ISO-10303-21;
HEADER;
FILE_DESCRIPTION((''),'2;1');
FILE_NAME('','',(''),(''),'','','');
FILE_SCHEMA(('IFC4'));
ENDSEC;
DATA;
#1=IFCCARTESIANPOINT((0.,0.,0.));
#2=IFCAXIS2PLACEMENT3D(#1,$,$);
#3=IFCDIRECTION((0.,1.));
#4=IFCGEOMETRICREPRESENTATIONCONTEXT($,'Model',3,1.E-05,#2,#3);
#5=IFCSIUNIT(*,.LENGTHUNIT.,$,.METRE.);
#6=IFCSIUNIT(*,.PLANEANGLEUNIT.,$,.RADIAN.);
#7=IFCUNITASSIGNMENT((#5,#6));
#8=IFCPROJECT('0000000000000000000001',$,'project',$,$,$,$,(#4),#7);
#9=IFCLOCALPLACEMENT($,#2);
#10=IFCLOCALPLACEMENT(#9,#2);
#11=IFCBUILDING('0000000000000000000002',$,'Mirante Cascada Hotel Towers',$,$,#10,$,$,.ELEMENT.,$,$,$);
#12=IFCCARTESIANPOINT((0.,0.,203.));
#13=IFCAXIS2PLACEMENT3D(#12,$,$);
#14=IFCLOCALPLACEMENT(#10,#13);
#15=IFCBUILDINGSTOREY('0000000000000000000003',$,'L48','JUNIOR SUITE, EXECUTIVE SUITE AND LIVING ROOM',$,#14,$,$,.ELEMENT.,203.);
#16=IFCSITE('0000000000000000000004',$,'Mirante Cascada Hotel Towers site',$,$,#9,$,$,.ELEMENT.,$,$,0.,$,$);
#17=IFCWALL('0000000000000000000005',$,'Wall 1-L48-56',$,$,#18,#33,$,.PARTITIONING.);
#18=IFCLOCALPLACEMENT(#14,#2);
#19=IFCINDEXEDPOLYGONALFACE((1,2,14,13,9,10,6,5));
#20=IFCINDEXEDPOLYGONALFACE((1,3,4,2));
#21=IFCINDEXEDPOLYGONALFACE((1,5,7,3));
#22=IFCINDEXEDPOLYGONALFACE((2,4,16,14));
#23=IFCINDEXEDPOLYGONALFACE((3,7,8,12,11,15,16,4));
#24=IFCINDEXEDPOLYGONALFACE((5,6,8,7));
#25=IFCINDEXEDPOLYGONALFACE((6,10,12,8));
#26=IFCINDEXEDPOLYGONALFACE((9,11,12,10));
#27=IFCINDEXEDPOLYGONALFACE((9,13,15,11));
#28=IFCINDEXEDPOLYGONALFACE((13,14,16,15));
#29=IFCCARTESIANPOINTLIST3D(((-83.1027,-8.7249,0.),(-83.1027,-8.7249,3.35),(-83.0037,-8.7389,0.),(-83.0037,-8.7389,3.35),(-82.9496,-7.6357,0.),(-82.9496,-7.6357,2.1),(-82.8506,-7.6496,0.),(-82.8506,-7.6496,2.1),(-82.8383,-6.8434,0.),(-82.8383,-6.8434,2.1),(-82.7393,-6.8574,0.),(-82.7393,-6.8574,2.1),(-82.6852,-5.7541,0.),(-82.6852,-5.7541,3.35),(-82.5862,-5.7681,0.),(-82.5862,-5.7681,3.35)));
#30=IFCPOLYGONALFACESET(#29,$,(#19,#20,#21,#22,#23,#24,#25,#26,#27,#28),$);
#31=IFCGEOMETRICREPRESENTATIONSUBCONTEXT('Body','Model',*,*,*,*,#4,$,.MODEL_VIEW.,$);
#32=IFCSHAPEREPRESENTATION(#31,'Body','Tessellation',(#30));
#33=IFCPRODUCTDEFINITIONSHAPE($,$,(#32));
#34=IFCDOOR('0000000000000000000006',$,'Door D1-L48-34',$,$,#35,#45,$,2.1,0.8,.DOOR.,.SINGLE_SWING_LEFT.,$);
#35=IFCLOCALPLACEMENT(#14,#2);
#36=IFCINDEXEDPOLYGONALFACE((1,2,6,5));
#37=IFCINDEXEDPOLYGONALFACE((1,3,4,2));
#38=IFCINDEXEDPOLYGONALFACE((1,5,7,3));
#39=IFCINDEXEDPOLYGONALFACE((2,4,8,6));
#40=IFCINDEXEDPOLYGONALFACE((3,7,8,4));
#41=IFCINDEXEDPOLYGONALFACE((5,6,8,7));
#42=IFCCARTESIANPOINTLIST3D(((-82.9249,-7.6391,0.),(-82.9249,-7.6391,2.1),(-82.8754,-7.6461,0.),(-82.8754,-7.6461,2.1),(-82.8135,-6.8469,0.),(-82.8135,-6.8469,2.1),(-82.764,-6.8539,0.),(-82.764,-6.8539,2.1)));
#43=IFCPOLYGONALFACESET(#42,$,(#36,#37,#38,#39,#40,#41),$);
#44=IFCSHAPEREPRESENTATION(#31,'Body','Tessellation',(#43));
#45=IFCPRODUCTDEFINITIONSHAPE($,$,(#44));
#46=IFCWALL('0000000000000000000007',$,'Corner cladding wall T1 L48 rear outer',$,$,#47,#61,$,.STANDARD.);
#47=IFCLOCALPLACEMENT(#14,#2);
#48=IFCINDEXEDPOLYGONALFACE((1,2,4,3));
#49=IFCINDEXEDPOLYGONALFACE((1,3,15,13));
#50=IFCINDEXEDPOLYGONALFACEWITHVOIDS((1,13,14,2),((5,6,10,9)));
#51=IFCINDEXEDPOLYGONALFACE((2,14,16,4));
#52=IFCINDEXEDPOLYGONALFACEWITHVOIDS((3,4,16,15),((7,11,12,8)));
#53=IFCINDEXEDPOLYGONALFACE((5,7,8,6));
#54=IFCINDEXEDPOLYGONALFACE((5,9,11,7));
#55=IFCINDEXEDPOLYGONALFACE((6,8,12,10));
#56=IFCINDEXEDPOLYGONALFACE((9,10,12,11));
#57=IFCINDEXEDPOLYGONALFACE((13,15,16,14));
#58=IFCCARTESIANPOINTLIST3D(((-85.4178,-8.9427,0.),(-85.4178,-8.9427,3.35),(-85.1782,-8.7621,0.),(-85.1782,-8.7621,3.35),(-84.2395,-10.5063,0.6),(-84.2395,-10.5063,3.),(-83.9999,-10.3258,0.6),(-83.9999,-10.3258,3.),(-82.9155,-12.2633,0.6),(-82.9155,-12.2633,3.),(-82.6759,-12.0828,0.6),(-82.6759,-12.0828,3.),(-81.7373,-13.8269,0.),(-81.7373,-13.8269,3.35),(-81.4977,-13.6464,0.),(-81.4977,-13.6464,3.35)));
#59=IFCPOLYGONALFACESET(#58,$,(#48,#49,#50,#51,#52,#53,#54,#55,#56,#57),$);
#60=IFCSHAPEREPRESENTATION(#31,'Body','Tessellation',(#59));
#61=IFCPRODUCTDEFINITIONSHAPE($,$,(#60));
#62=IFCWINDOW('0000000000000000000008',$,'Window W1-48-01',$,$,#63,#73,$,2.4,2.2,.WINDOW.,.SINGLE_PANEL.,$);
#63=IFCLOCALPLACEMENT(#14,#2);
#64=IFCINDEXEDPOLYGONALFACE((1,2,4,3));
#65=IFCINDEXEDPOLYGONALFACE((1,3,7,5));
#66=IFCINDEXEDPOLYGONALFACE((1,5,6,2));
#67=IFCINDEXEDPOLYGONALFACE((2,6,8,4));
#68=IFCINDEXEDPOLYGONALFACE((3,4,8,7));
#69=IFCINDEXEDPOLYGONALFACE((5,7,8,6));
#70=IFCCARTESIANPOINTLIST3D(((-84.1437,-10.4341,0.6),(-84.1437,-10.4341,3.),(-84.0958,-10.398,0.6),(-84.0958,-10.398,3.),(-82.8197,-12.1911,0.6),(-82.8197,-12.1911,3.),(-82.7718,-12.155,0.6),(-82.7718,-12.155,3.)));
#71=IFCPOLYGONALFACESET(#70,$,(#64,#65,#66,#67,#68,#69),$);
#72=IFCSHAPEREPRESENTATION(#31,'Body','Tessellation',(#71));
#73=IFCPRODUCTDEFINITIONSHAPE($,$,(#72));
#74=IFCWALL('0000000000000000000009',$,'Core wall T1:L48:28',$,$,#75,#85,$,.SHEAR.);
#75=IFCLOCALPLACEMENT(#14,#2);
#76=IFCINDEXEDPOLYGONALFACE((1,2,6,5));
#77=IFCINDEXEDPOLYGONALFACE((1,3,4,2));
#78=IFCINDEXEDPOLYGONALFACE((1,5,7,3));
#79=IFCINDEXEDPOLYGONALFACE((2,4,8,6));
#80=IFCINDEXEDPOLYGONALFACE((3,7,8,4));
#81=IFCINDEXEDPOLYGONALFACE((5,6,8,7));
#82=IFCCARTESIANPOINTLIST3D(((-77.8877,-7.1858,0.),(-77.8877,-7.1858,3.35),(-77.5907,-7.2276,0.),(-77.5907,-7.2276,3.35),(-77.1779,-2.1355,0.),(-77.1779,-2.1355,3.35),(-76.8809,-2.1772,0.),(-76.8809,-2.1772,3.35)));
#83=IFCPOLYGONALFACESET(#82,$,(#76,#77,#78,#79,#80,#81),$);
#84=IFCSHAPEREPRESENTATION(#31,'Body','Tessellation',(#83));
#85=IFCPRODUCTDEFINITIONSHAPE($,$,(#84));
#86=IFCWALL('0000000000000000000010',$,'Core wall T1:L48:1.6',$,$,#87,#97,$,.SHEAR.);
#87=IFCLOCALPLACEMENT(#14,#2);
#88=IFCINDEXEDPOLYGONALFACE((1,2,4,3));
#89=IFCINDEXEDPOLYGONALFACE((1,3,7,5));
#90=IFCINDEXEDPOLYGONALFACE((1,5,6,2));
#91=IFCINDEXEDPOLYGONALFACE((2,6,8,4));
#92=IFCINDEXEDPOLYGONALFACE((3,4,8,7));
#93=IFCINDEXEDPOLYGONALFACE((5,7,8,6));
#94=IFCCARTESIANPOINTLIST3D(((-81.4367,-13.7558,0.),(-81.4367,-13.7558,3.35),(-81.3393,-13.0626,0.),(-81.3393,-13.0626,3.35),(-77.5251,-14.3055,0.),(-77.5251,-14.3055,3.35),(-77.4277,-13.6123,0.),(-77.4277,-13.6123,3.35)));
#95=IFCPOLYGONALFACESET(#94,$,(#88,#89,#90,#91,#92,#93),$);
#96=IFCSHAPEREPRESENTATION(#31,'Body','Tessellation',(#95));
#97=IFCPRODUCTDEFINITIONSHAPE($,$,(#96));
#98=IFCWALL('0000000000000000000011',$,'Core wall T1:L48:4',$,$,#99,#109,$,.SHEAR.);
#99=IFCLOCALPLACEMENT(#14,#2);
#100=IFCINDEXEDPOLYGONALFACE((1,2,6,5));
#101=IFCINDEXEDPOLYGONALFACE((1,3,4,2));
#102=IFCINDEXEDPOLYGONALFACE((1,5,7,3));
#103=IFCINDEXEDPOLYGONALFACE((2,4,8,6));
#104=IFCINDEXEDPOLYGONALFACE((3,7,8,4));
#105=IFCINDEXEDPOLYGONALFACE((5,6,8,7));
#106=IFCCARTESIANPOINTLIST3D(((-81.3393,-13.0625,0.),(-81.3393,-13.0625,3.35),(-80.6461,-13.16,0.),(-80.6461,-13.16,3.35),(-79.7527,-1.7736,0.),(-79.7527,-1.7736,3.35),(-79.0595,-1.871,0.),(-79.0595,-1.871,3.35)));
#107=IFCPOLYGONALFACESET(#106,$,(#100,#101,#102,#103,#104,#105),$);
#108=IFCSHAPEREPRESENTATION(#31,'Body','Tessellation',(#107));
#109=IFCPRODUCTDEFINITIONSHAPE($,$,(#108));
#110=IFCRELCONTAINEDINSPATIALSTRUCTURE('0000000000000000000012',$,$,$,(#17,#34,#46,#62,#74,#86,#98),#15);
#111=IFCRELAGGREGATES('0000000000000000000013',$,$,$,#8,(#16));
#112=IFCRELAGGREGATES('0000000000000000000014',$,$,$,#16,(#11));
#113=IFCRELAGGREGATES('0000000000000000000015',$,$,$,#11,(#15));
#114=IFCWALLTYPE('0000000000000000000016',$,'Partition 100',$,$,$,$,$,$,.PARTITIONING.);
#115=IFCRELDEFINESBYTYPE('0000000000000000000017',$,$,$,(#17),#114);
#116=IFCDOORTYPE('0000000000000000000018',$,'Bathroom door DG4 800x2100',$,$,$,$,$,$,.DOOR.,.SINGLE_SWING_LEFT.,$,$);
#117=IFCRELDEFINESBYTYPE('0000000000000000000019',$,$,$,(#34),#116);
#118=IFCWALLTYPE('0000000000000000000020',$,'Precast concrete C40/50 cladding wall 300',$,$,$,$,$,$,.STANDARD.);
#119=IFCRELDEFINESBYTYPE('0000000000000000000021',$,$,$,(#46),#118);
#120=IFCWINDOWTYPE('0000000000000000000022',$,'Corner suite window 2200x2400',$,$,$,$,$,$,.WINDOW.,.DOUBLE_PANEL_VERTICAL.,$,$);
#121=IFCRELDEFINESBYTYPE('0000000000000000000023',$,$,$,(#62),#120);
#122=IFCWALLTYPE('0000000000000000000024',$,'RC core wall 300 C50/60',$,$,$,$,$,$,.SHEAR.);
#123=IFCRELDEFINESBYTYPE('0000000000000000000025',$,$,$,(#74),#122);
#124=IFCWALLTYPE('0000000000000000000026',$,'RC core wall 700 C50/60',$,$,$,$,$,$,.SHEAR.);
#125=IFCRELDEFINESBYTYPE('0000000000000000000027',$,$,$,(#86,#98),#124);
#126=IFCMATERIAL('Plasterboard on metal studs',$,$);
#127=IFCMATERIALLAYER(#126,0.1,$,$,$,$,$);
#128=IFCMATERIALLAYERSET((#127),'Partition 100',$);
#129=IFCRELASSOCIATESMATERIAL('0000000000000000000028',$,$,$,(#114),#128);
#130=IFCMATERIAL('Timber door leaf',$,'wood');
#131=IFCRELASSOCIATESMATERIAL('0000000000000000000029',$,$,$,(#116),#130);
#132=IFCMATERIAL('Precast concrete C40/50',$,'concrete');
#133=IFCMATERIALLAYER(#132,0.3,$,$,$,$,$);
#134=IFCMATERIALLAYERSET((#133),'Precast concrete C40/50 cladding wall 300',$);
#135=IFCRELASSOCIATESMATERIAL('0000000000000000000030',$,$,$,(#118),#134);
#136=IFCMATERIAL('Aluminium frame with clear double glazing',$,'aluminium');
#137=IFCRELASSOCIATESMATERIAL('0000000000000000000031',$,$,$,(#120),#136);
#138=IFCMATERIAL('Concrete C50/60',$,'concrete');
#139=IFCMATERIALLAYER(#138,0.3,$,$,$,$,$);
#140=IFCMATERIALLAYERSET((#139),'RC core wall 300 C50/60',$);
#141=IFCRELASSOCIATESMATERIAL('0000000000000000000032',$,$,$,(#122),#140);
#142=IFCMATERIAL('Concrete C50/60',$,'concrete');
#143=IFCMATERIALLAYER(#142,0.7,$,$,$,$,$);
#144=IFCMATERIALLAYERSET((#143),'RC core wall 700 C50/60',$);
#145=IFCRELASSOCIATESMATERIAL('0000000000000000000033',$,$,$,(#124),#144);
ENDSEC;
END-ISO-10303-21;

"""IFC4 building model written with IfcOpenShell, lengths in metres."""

from ifc_helpers import new_model, si_unit, direction, frame, frame_2d, origin, place, context, subcontext, project, spatial, rectangle, extrude, material, layer, layer_set, type_object, element, fill, save


model = new_model("IFC4")

# Units and contexts
model_context = context("Model", 3, precision=1e-05, world=origin(), true_north=direction((0.0, 1.0)))
body_context = subcontext(model_context, "Body", "Model", "MODEL_VIEW")
ifc_project = project(units=[si_unit("LENGTHUNIT", "METRE"), si_unit("PLANEANGLEUNIT", "RADIAN")], contexts=[model_context])

# Site, building, storey
site_placement = place(None, origin())
site = spatial("IfcSite", under=ifc_project, at=site_placement, Name="Mirante Cascada Hotel Towers site", CompositionType="ELEMENT", RefElevation=0.0)
building_placement = place(site_placement, origin())
building = spatial("IfcBuilding", under=site, at=building_placement, Name="Mirante Cascada Hotel Towers", CompositionType="ELEMENT")
storey_placement = place(building_placement, frame((0.0, 0.0, 203.0)))
storey = spatial("IfcBuildingStorey", under=building, at=storey_placement, Name="L48", Description="JUNIOR SUITE, EXECUTIVE SUITE AND LIVING ROOM", CompositionType="ELEMENT", Elevation=203.0)

# Shared definitions
ifc_material_1 = material(Name="Plasterboard on metal studs")
ifc_layer_1 = layer(ifc_material_1, 0.1)
ifc_layer_set_1 = layer_set([ifc_layer_1], Name="Partition 100")
wall_type_1 = type_object("IfcWallType", Name="Partition 100", PredefinedType="PARTITIONING", material=ifc_layer_set_1)

# Wall, opening, door
wall_1_placement = place(storey_placement, frame((-82.6357, -5.7611, 0.0), z_axis=(0.0, 0.0, 1.0), x_axis=(-0.139167, -0.990269, 0.0)))
wall_1 = element("IfcWall", 1, at=wall_1_placement, inside=storey, type_object=wall_type_1, Name="Wall 1-L48-56", PredefinedType="PARTITIONING", context=body_context, shape_type="SweptSolid", body=[
    extrude(rectangle(XDim=3.0, YDim=0.1, at=frame_2d((1.5, 0.0))), origin(), (0.0, 0.0, 1.0), 3.35),
])
opening_1_placement = place(wall_1_placement, frame((1.1, 0.0, 0.0)))
opening_1 = element("IfcOpeningElement", 2, at=opening_1_placement, cuts=wall_1, PredefinedType="OPENING", context=body_context, shape_type="SweptSolid", body=[
    extrude(rectangle(XDim=0.8, YDim=2.1, at=frame_2d((0.4, 1.05))), frame((0.0, 0.05, 0.0), z_axis=(0.0, -1.0, 0.0), x_axis=(1.0, 0.0, 0.0)), (0.0, 0.0, 1.0), 0.1),
])
ifc_material_2 = material(Name="Timber door leaf", Category="wood")
door_type_1 = type_object("IfcDoorType", Name="Bathroom door DG4 800x2100", OperationType="SINGLE_SWING_LEFT", PredefinedType="DOOR", material=ifc_material_2)
door_1_placement = place(opening_1_placement, origin())
door_1 = element("IfcDoor", 3, at=door_1_placement, inside=storey, type_object=door_type_1, Name="Door D1-L48-34", OperationType="SINGLE_SWING_LEFT", OverallHeight=2.1, OverallWidth=0.8, PredefinedType="DOOR", context=body_context, shape_type="SweptSolid", body=[
    extrude(rectangle(XDim=0.8, YDim=2.1, at=frame_2d((0.4, 1.05))), frame((0.0, 0.025, 0.0), z_axis=(0.0, -1.0, 0.0), x_axis=(1.0, 0.0, 0.0)), (0.0, 0.0, 1.0), 0.05),
])
fill(opening_1, door_1)

# Wall, opening, window
ifc_material_3 = material(Name="Precast concrete C40/50", Category="concrete")
ifc_layer_2 = layer(ifc_material_3, 0.3)
ifc_layer_set_2 = layer_set([ifc_layer_2], Name="Precast concrete C40/50 cladding wall 300")
wall_type_2 = type_object("IfcWallType", Name="Precast concrete C40/50 cladding wall 300", PredefinedType="STANDARD", material=ifc_layer_set_2)
wall_2_placement = place(storey_placement, frame((-81.6175, -13.7366, 0.0), z_axis=(0.0, 0.0, 1.0), x_axis=(-0.601814, 0.798636, 0.0)))
wall_2 = element("IfcWall", 4, at=wall_2_placement, inside=storey, type_object=wall_type_2, Name="Corner cladding wall T1 L48 rear outer", PredefinedType="STANDARD", context=body_context, shape_type="SweptSolid", body=[
    extrude(rectangle(XDim=6.1157, YDim=0.3, at=frame_2d((3.0578, 0.0))), origin(), (0.0, 0.0, 1.0), 3.35),
])
opening_2_placement = place(wall_2_placement, frame((1.9578, 0.0, 0.6)))
opening_2 = element("IfcOpeningElement", 5, at=opening_2_placement, cuts=wall_2, PredefinedType="OPENING", context=body_context, shape_type="SweptSolid", body=[
    extrude(rectangle(XDim=2.2, YDim=2.4, at=frame_2d((1.1, 1.2))), frame((0.0, 0.15, 0.0), z_axis=(0.0, -1.0, 0.0), x_axis=(1.0, 0.0, 0.0)), (0.0, 0.0, 1.0), 0.3),
])
ifc_material_4 = material(Name="Aluminium frame with clear double glazing", Category="aluminium")
window_type = type_object("IfcWindowType", Name="Corner suite window 2200x2400", PartitioningType="DOUBLE_PANEL_VERTICAL", PredefinedType="WINDOW", material=ifc_material_4)
window_placement = place(opening_2_placement, origin())
window = element("IfcWindow", 6, at=window_placement, inside=storey, type_object=window_type, Name="Window W1-48-01", OverallHeight=2.4, OverallWidth=2.2, PartitioningType="SINGLE_PANEL", PredefinedType="WINDOW", context=body_context, shape_type="SweptSolid", body=[
    extrude(rectangle(XDim=2.2, YDim=2.4, at=frame_2d((1.1, 1.2))), frame((0.0, 0.03, 0.0), z_axis=(0.0, -1.0, 0.0), x_axis=(1.0, 0.0, 0.0)), (0.0, 0.0, 1.0), 0.06),
])
fill(opening_2, window)

# Walls
ifc_material_5 = material(Name="Concrete C50/60", Category="concrete")
ifc_layer_3 = layer(ifc_material_5, 0.3)
ifc_layer_set_3 = layer_set([ifc_layer_3], Name="RC core wall 300 C50/60")
wall_type_3 = type_object("IfcWallType", Name="RC core wall 300 C50/60", PredefinedType="SHEAR", material=ifc_layer_set_3)
wall_3_placement = place(storey_placement, frame((-77.7392, -7.2067, 0.0), z_axis=(0.0, 0.0, 1.0), x_axis=(0.139176, 0.990268, 0.0)))
element("IfcWall", 7, at=wall_3_placement, inside=storey, type_object=wall_type_3, Name="Core wall T1:L48:28", PredefinedType="SHEAR", context=body_context, shape_type="SweptSolid", body=[
    extrude(rectangle(XDim=5.1, YDim=0.3, at=frame_2d((2.55, 0.0))), origin(), (0.0, 0.0, 1.0), 3.35),
])
ifc_material_6 = material(Name="Concrete C50/60", Category="concrete")
ifc_layer_4 = layer(ifc_material_6, 0.7)
ifc_layer_set_4 = layer_set([ifc_layer_4], Name="RC core wall 700 C50/60")
wall_type_4 = type_object("IfcWallType", Name="RC core wall 700 C50/60", PredefinedType="SHEAR", material=ifc_layer_set_4)
wall_4_placement = place(storey_placement, frame((-77.4764, -13.9589, 0.0), z_axis=(0.0, 0.0, 1.0), x_axis=(-0.990269, 0.139163, 0.0)))
element("IfcWall", 8, at=wall_4_placement, inside=storey, type_object=wall_type_4, Name="Core wall T1:L48:1.6", PredefinedType="SHEAR", context=body_context, shape_type="SweptSolid", body=[
    extrude(rectangle(XDim=3.95, YDim=0.7, at=frame_2d((1.975, 0.0))), origin(), (0.0, 0.0, 1.0), 3.35),
])
wall_5_placement = place(storey_placement, frame((-80.9927, -13.1113, 0.0), z_axis=(0.0, 0.0, 1.0), x_axis=(0.139176, 0.990268, 0.0)))
element("IfcWall", 9, at=wall_5_placement, inside=storey, type_object=wall_type_4, Name="Core wall T1:L48:4", PredefinedType="SHEAR", context=body_context, shape_type="SweptSolid", body=[
    extrude(rectangle(XDim=11.3999, YDim=0.7, at=frame_2d((5.7, 0.0))), origin(), (0.0, 0.0, 1.0), 3.35),
])

save(model, "model.ifc")
